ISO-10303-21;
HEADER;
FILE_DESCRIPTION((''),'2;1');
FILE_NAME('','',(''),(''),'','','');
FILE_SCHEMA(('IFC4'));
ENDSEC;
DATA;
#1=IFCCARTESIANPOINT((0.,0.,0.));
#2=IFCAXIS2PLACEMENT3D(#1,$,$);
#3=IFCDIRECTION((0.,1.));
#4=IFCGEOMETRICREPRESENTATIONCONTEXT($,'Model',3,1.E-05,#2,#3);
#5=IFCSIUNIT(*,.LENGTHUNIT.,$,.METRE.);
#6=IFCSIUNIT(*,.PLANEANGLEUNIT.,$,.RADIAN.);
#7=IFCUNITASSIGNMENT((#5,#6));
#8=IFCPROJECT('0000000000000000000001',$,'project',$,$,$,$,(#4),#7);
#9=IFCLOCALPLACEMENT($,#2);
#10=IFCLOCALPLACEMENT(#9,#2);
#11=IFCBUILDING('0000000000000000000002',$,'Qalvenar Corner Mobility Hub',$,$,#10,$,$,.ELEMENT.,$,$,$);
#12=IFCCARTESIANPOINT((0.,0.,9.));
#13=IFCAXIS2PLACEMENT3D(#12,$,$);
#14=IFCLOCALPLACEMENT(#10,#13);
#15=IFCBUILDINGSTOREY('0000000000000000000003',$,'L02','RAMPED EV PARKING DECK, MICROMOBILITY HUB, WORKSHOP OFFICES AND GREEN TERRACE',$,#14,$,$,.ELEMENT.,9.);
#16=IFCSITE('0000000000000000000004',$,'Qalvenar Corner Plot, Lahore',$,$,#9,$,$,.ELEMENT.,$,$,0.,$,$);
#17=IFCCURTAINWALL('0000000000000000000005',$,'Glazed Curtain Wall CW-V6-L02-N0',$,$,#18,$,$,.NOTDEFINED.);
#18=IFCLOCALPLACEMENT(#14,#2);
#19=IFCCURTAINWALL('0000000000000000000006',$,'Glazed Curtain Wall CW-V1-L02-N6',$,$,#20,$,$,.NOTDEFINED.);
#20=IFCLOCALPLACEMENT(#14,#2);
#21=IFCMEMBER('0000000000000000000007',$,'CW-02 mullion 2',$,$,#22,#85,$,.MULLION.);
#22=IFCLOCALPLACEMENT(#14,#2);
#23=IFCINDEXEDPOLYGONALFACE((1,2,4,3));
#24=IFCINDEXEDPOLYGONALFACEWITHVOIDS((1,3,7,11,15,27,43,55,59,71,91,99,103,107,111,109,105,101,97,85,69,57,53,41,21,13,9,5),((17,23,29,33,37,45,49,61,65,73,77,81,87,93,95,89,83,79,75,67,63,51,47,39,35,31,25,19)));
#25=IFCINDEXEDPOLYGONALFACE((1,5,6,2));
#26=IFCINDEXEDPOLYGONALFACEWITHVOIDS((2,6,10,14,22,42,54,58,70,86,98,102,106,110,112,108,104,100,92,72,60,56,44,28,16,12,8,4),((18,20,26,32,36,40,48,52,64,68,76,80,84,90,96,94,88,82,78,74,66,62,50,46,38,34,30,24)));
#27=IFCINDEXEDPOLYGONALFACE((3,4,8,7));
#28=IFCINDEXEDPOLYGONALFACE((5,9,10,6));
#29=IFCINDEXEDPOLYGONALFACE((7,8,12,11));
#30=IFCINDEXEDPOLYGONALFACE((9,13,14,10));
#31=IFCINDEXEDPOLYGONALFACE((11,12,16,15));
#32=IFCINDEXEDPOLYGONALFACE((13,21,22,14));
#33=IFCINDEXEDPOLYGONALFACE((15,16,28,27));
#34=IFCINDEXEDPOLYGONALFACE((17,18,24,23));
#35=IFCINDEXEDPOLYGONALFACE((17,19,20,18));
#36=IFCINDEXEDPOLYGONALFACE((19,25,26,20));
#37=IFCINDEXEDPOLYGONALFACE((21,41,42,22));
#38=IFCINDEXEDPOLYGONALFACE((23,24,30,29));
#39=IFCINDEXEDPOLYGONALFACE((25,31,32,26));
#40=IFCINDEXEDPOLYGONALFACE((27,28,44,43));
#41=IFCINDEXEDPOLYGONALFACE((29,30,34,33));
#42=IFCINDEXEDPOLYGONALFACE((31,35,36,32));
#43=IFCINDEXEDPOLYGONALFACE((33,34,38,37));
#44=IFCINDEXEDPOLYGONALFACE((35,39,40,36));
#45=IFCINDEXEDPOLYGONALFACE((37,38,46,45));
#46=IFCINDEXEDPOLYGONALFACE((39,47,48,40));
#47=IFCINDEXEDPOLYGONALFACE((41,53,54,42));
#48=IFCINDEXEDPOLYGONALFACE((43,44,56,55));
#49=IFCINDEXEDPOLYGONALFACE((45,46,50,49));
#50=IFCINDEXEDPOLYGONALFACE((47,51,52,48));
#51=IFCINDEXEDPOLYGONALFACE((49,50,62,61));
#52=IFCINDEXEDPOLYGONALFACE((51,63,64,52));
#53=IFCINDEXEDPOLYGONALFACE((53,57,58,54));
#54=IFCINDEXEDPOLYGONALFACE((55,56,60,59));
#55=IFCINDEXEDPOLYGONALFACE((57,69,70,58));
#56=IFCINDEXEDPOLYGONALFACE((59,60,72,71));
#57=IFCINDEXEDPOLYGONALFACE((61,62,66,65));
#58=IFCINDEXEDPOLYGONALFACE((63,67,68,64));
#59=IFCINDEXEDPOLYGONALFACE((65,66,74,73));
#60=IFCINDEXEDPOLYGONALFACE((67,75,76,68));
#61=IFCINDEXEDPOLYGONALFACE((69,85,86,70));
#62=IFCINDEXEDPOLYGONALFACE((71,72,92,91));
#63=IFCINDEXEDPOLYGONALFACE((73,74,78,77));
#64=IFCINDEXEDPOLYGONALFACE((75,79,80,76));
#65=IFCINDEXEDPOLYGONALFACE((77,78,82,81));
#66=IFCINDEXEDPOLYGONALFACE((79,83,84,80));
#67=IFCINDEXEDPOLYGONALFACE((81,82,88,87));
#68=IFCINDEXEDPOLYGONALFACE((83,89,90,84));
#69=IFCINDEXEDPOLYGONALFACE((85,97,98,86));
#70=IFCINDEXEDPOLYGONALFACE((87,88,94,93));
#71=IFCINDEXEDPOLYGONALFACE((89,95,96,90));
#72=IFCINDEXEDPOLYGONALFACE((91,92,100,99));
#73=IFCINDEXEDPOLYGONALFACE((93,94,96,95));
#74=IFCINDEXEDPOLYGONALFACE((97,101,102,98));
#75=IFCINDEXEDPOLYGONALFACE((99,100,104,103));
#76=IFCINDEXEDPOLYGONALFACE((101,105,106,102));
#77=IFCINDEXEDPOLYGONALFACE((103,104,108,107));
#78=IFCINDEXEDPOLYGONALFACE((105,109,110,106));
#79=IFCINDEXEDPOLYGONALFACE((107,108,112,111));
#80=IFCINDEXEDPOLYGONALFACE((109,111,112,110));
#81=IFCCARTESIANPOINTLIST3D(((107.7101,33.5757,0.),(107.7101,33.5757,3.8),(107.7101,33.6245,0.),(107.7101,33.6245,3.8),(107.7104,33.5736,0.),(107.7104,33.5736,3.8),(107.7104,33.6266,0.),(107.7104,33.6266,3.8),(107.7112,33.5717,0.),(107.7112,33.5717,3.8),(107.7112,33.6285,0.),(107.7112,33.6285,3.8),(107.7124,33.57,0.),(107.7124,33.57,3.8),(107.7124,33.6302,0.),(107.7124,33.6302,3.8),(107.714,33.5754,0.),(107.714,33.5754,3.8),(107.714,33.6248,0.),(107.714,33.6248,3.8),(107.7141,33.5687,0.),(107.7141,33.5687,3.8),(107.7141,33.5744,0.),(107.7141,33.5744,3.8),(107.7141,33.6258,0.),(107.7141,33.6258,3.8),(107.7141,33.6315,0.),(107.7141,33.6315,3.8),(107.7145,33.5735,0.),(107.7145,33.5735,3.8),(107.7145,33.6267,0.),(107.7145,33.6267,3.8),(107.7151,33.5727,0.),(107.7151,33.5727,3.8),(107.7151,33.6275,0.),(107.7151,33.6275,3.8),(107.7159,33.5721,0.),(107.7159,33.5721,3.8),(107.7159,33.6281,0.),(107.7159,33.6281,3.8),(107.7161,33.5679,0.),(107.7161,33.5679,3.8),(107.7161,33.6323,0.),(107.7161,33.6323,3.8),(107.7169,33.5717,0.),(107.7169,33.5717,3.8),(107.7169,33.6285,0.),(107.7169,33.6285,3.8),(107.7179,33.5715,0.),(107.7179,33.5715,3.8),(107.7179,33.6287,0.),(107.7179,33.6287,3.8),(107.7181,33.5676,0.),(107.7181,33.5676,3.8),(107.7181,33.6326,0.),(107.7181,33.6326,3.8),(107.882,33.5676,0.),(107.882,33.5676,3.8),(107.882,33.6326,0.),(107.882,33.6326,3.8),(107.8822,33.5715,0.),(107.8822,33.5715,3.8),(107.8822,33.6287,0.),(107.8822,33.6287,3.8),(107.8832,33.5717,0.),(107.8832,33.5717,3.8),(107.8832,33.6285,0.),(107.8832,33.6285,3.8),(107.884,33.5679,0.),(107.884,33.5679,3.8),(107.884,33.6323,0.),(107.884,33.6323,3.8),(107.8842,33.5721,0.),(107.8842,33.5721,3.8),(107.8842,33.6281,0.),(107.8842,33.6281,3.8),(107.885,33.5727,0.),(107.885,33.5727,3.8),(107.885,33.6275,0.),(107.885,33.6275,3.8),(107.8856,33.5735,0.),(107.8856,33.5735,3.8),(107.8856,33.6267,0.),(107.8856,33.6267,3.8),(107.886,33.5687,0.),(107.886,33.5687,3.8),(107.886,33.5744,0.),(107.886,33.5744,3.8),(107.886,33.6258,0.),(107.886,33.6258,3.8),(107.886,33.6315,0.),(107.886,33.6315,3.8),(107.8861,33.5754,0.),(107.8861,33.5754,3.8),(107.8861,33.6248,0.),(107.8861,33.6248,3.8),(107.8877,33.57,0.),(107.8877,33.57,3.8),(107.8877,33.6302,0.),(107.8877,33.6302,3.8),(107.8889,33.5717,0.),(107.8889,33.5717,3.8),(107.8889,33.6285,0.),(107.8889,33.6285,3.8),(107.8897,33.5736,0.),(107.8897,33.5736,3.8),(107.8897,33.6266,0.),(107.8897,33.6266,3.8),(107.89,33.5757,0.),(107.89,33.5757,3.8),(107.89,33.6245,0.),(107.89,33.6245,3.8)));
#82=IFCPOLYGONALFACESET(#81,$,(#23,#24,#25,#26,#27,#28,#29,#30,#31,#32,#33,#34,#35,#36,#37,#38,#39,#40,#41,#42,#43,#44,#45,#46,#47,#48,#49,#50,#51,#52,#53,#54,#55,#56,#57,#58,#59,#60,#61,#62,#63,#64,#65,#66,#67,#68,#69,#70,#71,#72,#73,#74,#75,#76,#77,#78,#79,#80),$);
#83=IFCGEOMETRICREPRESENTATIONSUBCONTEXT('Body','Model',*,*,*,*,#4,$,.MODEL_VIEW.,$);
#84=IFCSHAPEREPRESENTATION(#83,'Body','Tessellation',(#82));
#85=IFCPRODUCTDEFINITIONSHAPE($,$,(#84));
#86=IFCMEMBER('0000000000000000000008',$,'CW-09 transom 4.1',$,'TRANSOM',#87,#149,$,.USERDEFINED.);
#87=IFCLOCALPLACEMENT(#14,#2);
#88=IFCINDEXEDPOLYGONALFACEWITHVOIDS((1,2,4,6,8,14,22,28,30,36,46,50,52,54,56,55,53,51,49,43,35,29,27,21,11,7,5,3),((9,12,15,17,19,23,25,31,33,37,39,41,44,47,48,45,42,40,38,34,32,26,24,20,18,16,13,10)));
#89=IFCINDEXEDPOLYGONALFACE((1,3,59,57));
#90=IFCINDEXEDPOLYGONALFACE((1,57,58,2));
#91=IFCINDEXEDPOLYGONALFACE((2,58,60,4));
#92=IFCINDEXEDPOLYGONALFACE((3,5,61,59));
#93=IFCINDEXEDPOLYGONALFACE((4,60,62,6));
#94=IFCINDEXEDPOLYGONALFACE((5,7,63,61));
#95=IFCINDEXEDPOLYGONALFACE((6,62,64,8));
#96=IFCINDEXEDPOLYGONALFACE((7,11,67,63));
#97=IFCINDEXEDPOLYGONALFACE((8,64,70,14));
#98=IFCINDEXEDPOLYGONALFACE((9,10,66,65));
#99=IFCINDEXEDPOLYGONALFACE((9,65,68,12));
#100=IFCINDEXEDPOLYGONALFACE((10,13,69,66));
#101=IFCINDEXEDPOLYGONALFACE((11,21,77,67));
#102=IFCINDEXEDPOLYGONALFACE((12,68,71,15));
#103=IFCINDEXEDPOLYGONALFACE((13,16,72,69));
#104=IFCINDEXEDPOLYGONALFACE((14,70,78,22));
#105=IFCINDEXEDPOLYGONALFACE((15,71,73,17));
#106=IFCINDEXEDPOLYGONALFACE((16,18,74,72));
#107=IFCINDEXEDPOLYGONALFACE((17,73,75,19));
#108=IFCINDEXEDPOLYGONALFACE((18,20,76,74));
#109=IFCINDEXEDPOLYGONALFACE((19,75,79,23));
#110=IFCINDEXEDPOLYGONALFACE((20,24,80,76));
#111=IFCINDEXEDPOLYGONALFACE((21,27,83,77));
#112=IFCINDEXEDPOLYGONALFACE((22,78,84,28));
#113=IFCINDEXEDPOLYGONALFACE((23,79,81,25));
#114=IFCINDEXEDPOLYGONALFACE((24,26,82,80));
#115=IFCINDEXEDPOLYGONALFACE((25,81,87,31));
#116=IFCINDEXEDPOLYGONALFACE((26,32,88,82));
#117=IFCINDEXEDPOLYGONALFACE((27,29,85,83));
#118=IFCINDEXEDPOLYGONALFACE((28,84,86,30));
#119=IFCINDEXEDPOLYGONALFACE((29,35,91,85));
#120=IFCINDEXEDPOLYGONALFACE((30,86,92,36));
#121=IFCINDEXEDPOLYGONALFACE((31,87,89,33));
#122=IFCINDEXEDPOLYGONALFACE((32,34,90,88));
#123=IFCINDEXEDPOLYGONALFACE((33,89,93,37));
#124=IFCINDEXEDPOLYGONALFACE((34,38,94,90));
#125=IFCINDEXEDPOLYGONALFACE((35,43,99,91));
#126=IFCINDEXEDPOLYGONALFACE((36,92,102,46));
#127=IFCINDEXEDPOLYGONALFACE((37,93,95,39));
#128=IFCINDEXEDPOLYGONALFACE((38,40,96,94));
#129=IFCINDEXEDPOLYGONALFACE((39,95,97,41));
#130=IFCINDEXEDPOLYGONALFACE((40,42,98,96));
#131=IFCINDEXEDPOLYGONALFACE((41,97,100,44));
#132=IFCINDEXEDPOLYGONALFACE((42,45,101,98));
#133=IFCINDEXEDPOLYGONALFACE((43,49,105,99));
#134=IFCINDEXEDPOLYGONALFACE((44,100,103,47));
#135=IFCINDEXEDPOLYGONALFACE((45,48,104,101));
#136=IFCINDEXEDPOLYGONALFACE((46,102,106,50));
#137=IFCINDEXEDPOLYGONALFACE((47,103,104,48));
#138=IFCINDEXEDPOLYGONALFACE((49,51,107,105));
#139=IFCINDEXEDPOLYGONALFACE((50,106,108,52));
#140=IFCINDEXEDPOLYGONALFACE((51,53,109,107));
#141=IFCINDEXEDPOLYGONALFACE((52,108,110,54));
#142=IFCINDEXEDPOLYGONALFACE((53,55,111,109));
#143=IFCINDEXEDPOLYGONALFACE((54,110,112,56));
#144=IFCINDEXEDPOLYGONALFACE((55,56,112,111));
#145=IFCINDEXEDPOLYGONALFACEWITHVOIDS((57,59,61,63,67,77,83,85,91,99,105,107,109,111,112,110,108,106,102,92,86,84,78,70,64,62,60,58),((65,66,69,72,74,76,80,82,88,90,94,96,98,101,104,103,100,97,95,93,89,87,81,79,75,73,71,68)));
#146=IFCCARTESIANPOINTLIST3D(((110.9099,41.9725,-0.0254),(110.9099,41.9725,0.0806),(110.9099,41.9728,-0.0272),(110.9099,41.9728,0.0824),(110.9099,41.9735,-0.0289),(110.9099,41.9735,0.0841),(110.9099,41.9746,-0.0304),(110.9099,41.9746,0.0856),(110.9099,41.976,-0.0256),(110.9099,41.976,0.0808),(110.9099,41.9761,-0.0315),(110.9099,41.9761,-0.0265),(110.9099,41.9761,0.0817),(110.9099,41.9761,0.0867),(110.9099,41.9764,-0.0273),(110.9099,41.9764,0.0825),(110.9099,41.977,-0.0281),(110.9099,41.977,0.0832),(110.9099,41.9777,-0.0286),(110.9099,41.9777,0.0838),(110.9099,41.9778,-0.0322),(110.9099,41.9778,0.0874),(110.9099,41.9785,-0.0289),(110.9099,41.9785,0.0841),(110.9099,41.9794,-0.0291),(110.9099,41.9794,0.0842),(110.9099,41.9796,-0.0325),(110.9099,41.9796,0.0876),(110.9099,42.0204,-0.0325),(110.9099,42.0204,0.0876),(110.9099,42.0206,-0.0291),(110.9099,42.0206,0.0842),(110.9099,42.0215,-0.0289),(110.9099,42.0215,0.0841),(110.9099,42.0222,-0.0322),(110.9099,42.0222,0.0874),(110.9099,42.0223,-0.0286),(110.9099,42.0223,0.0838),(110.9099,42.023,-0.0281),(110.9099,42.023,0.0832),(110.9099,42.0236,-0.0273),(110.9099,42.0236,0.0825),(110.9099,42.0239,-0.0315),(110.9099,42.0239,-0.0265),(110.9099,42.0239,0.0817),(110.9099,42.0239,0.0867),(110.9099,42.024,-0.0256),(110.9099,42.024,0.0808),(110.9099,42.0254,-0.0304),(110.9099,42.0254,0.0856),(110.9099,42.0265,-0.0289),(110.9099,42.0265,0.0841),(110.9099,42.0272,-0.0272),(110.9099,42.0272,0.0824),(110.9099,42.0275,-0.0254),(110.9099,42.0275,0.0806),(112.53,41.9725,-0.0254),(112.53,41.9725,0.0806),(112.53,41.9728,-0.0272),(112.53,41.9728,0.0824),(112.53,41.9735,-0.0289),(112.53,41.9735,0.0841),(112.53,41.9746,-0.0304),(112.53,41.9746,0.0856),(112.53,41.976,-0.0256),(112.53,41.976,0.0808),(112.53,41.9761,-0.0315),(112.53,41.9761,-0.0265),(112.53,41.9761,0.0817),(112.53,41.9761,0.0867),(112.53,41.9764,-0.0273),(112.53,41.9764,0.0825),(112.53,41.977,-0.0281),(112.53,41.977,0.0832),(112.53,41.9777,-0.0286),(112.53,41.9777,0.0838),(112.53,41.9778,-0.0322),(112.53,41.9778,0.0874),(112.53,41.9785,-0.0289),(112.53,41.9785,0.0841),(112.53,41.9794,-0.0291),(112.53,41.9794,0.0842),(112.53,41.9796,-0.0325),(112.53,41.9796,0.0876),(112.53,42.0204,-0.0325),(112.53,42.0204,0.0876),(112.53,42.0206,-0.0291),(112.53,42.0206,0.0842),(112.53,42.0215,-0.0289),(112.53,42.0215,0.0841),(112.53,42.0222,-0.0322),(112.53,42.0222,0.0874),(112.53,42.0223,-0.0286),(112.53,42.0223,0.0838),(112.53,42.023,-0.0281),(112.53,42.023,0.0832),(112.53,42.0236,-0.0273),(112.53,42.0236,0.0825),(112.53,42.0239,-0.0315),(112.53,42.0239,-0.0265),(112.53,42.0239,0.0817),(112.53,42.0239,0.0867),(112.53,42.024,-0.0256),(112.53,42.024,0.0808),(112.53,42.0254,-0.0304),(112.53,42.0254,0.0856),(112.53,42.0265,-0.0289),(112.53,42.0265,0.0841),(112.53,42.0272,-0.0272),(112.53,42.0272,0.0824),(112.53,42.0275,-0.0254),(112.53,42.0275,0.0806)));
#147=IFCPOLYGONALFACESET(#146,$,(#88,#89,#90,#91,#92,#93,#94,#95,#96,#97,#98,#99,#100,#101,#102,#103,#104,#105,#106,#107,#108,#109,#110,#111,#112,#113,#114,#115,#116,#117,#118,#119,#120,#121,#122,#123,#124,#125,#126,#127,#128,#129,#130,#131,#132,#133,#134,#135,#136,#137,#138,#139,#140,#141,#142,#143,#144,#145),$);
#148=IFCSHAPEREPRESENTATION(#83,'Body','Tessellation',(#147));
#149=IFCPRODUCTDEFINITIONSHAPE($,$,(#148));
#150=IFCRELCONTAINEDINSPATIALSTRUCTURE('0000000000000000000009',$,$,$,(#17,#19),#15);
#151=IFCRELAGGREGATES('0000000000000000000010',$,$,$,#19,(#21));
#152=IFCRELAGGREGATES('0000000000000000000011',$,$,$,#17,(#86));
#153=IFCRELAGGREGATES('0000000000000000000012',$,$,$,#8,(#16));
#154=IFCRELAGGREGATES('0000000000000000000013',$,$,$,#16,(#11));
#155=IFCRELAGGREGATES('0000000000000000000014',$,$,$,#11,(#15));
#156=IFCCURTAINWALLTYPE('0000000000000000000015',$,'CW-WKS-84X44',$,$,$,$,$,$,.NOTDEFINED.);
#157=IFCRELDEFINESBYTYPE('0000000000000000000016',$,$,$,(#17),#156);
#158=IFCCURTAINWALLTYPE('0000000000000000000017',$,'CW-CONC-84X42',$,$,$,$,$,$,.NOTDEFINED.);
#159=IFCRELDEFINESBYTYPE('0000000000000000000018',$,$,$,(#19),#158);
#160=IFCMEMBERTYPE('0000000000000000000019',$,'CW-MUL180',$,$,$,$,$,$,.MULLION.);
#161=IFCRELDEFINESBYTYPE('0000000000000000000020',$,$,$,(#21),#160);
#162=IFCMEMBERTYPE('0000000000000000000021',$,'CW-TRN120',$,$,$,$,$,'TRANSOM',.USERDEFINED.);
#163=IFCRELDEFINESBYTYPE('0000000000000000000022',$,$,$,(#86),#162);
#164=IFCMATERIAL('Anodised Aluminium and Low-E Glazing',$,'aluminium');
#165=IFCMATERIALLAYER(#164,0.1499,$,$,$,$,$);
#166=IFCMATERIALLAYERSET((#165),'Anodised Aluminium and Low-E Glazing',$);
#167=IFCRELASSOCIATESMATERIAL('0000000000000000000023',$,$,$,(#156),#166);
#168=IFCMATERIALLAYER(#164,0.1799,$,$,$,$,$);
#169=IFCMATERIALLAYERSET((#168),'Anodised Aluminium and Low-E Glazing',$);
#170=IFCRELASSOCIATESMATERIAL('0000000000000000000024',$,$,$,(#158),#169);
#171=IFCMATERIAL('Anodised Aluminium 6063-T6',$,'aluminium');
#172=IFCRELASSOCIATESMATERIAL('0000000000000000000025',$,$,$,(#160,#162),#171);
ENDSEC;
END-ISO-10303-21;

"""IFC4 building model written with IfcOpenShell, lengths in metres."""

from ifc_helpers import new_model, si_unit, direction, frame, origin, origin_2d, place, context, subcontext, project, spatial, hollow_rectangle, extrude, material, layer, layer_set, material_profile, profile_set, type_object, element, aggregate, save


model = new_model("IFC4")

# Units and contexts
model_context = context("Model", 3, precision=1e-05, world=origin(), true_north=direction((0.0, 1.0)))
body_context = subcontext(model_context, "Body", "Model", "MODEL_VIEW")
ifc_project = project(units=[si_unit("LENGTHUNIT", "METRE"), si_unit("PLANEANGLEUNIT", "RADIAN")], contexts=[model_context])

# Site, building, storey
site_placement = place(None, origin())
site = spatial("IfcSite", under=ifc_project, at=site_placement, Name="Qalvenar Corner Plot, Lahore", CompositionType="ELEMENT", RefElevation=0.0)
building_placement = place(site_placement, origin())
building = spatial("IfcBuilding", under=site, at=building_placement, Name="Qalvenar Corner Mobility Hub", CompositionType="ELEMENT")
storey_placement = place(building_placement, frame((0.0, 0.0, 9.0)))
storey = spatial("IfcBuildingStorey", under=building, at=storey_placement, Name="L02", Description="RAMPED EV PARKING DECK, MICROMOBILITY HUB, WORKSHOP OFFICES AND GREEN TERRACE", CompositionType="ELEMENT", Elevation=9.0)

# Curtain walls, member
ifc_material_1 = material(Name="Anodised Aluminium and Low-E Glazing", Category="aluminium")
ifc_layer_1 = layer(ifc_material_1, 0.1499)
ifc_layer_set_1 = layer_set([ifc_layer_1], Name="Anodised Aluminium and Low-E Glazing")
curtain_wall_type_1 = type_object("IfcCurtainWallType", Name="CW-WKS-84X44", PredefinedType="NOTDEFINED", material=ifc_layer_set_1)
curtain_wall_1_placement = place(storey_placement, origin())
curtain_wall_1 = element("IfcCurtainWall", 1, at=curtain_wall_1_placement, inside=storey, type_object=curtain_wall_type_1, Name="Glazed Curtain Wall CW-V6-L02-N0", PredefinedType="NOTDEFINED")
ifc_material_2 = material(Name="Anodised Aluminium 6063-T6", Category="aluminium")
ifc_layer_2 = layer(ifc_material_1, 0.1799)
ifc_layer_set_2 = layer_set([ifc_layer_2], Name="Anodised Aluminium and Low-E Glazing")
curtain_wall_type_2 = type_object("IfcCurtainWallType", Name="CW-CONC-84X42", PredefinedType="NOTDEFINED", material=ifc_layer_set_2)
curtain_wall_2_placement = place(storey_placement, origin())
curtain_wall_2 = element("IfcCurtainWall", 2, at=curtain_wall_2_placement, inside=storey, type_object=curtain_wall_type_2, Name="Glazed Curtain Wall CW-V1-L02-N6", PredefinedType="NOTDEFINED")
ifc_material_profile_1 = material_profile(ifc_material_2, hollow_rectangle(XDim=0.0649, YDim=0.1799, WallThickness=0.0039, InnerFilletRadius=0.0039, OuterFilletRadius=0.0081, at=origin_2d()), Name="RHS180x65x4")
ifc_profile_set_1 = profile_set([ifc_material_profile_1], Name="Anodised Aluminium 6063-T6")
member_type_1 = type_object("IfcMemberType", Name="CW-MUL180", PredefinedType="MULLION", material=ifc_profile_set_1)
member_1_placement = place(storey_placement, frame((107.8, 33.6001, 0.0), z_axis=(0.0, 0.0, 1.0), x_axis=(0.0, -1.0, 0.0)))
member_1 = element("IfcMember", 3, at=member_1_placement, type_object=member_type_1, Name="CW-02 mullion 2", PredefinedType="MULLION", context=body_context, shape_type="SweptSolid", body=[
    extrude(hollow_rectangle(XDim=0.0649, YDim=0.1799, WallThickness=0.0039, InnerFilletRadius=0.0039, OuterFilletRadius=0.0081, at=origin_2d()), origin(), (0.0, 0.0, 1.0), 3.8),
])

# Member
ifc_material_profile_2 = material_profile(ifc_material_2, hollow_rectangle(XDim=0.0549, YDim=0.1201, WallThickness=0.0034, InnerFilletRadius=0.0034, OuterFilletRadius=0.0071, at=origin_2d()), Name="RHS120x55x3.5")
ifc_profile_set_2 = profile_set([ifc_material_profile_2], Name="Anodised Aluminium 6063-T6")
member_type_2 = type_object("IfcMemberType", Name="CW-TRN120", ElementType="TRANSOM", PredefinedType="USERDEFINED", material=ifc_profile_set_2)
member_2_placement = place(storey_placement, frame((112.53, 42.0, 0.0276), z_axis=(-1.0, 0.0, 0.0), x_axis=(0.0, -1.0, 0.0)))
member_2 = element("IfcMember", 4, at=member_2_placement, type_object=member_type_2, Name="CW-09 transom 4.1", ObjectType="TRANSOM", PredefinedType="USERDEFINED", context=body_context, shape_type="SweptSolid", body=[
    extrude(hollow_rectangle(XDim=0.0549, YDim=0.1201, WallThickness=0.0034, InnerFilletRadius=0.0034, OuterFilletRadius=0.0071, at=origin_2d()), origin(), (0.0, 0.0, 1.0), 1.6201),
])

aggregate(curtain_wall_2, [member_1])
aggregate(curtain_wall_1, [member_2])

save(model, "model.ifc")
